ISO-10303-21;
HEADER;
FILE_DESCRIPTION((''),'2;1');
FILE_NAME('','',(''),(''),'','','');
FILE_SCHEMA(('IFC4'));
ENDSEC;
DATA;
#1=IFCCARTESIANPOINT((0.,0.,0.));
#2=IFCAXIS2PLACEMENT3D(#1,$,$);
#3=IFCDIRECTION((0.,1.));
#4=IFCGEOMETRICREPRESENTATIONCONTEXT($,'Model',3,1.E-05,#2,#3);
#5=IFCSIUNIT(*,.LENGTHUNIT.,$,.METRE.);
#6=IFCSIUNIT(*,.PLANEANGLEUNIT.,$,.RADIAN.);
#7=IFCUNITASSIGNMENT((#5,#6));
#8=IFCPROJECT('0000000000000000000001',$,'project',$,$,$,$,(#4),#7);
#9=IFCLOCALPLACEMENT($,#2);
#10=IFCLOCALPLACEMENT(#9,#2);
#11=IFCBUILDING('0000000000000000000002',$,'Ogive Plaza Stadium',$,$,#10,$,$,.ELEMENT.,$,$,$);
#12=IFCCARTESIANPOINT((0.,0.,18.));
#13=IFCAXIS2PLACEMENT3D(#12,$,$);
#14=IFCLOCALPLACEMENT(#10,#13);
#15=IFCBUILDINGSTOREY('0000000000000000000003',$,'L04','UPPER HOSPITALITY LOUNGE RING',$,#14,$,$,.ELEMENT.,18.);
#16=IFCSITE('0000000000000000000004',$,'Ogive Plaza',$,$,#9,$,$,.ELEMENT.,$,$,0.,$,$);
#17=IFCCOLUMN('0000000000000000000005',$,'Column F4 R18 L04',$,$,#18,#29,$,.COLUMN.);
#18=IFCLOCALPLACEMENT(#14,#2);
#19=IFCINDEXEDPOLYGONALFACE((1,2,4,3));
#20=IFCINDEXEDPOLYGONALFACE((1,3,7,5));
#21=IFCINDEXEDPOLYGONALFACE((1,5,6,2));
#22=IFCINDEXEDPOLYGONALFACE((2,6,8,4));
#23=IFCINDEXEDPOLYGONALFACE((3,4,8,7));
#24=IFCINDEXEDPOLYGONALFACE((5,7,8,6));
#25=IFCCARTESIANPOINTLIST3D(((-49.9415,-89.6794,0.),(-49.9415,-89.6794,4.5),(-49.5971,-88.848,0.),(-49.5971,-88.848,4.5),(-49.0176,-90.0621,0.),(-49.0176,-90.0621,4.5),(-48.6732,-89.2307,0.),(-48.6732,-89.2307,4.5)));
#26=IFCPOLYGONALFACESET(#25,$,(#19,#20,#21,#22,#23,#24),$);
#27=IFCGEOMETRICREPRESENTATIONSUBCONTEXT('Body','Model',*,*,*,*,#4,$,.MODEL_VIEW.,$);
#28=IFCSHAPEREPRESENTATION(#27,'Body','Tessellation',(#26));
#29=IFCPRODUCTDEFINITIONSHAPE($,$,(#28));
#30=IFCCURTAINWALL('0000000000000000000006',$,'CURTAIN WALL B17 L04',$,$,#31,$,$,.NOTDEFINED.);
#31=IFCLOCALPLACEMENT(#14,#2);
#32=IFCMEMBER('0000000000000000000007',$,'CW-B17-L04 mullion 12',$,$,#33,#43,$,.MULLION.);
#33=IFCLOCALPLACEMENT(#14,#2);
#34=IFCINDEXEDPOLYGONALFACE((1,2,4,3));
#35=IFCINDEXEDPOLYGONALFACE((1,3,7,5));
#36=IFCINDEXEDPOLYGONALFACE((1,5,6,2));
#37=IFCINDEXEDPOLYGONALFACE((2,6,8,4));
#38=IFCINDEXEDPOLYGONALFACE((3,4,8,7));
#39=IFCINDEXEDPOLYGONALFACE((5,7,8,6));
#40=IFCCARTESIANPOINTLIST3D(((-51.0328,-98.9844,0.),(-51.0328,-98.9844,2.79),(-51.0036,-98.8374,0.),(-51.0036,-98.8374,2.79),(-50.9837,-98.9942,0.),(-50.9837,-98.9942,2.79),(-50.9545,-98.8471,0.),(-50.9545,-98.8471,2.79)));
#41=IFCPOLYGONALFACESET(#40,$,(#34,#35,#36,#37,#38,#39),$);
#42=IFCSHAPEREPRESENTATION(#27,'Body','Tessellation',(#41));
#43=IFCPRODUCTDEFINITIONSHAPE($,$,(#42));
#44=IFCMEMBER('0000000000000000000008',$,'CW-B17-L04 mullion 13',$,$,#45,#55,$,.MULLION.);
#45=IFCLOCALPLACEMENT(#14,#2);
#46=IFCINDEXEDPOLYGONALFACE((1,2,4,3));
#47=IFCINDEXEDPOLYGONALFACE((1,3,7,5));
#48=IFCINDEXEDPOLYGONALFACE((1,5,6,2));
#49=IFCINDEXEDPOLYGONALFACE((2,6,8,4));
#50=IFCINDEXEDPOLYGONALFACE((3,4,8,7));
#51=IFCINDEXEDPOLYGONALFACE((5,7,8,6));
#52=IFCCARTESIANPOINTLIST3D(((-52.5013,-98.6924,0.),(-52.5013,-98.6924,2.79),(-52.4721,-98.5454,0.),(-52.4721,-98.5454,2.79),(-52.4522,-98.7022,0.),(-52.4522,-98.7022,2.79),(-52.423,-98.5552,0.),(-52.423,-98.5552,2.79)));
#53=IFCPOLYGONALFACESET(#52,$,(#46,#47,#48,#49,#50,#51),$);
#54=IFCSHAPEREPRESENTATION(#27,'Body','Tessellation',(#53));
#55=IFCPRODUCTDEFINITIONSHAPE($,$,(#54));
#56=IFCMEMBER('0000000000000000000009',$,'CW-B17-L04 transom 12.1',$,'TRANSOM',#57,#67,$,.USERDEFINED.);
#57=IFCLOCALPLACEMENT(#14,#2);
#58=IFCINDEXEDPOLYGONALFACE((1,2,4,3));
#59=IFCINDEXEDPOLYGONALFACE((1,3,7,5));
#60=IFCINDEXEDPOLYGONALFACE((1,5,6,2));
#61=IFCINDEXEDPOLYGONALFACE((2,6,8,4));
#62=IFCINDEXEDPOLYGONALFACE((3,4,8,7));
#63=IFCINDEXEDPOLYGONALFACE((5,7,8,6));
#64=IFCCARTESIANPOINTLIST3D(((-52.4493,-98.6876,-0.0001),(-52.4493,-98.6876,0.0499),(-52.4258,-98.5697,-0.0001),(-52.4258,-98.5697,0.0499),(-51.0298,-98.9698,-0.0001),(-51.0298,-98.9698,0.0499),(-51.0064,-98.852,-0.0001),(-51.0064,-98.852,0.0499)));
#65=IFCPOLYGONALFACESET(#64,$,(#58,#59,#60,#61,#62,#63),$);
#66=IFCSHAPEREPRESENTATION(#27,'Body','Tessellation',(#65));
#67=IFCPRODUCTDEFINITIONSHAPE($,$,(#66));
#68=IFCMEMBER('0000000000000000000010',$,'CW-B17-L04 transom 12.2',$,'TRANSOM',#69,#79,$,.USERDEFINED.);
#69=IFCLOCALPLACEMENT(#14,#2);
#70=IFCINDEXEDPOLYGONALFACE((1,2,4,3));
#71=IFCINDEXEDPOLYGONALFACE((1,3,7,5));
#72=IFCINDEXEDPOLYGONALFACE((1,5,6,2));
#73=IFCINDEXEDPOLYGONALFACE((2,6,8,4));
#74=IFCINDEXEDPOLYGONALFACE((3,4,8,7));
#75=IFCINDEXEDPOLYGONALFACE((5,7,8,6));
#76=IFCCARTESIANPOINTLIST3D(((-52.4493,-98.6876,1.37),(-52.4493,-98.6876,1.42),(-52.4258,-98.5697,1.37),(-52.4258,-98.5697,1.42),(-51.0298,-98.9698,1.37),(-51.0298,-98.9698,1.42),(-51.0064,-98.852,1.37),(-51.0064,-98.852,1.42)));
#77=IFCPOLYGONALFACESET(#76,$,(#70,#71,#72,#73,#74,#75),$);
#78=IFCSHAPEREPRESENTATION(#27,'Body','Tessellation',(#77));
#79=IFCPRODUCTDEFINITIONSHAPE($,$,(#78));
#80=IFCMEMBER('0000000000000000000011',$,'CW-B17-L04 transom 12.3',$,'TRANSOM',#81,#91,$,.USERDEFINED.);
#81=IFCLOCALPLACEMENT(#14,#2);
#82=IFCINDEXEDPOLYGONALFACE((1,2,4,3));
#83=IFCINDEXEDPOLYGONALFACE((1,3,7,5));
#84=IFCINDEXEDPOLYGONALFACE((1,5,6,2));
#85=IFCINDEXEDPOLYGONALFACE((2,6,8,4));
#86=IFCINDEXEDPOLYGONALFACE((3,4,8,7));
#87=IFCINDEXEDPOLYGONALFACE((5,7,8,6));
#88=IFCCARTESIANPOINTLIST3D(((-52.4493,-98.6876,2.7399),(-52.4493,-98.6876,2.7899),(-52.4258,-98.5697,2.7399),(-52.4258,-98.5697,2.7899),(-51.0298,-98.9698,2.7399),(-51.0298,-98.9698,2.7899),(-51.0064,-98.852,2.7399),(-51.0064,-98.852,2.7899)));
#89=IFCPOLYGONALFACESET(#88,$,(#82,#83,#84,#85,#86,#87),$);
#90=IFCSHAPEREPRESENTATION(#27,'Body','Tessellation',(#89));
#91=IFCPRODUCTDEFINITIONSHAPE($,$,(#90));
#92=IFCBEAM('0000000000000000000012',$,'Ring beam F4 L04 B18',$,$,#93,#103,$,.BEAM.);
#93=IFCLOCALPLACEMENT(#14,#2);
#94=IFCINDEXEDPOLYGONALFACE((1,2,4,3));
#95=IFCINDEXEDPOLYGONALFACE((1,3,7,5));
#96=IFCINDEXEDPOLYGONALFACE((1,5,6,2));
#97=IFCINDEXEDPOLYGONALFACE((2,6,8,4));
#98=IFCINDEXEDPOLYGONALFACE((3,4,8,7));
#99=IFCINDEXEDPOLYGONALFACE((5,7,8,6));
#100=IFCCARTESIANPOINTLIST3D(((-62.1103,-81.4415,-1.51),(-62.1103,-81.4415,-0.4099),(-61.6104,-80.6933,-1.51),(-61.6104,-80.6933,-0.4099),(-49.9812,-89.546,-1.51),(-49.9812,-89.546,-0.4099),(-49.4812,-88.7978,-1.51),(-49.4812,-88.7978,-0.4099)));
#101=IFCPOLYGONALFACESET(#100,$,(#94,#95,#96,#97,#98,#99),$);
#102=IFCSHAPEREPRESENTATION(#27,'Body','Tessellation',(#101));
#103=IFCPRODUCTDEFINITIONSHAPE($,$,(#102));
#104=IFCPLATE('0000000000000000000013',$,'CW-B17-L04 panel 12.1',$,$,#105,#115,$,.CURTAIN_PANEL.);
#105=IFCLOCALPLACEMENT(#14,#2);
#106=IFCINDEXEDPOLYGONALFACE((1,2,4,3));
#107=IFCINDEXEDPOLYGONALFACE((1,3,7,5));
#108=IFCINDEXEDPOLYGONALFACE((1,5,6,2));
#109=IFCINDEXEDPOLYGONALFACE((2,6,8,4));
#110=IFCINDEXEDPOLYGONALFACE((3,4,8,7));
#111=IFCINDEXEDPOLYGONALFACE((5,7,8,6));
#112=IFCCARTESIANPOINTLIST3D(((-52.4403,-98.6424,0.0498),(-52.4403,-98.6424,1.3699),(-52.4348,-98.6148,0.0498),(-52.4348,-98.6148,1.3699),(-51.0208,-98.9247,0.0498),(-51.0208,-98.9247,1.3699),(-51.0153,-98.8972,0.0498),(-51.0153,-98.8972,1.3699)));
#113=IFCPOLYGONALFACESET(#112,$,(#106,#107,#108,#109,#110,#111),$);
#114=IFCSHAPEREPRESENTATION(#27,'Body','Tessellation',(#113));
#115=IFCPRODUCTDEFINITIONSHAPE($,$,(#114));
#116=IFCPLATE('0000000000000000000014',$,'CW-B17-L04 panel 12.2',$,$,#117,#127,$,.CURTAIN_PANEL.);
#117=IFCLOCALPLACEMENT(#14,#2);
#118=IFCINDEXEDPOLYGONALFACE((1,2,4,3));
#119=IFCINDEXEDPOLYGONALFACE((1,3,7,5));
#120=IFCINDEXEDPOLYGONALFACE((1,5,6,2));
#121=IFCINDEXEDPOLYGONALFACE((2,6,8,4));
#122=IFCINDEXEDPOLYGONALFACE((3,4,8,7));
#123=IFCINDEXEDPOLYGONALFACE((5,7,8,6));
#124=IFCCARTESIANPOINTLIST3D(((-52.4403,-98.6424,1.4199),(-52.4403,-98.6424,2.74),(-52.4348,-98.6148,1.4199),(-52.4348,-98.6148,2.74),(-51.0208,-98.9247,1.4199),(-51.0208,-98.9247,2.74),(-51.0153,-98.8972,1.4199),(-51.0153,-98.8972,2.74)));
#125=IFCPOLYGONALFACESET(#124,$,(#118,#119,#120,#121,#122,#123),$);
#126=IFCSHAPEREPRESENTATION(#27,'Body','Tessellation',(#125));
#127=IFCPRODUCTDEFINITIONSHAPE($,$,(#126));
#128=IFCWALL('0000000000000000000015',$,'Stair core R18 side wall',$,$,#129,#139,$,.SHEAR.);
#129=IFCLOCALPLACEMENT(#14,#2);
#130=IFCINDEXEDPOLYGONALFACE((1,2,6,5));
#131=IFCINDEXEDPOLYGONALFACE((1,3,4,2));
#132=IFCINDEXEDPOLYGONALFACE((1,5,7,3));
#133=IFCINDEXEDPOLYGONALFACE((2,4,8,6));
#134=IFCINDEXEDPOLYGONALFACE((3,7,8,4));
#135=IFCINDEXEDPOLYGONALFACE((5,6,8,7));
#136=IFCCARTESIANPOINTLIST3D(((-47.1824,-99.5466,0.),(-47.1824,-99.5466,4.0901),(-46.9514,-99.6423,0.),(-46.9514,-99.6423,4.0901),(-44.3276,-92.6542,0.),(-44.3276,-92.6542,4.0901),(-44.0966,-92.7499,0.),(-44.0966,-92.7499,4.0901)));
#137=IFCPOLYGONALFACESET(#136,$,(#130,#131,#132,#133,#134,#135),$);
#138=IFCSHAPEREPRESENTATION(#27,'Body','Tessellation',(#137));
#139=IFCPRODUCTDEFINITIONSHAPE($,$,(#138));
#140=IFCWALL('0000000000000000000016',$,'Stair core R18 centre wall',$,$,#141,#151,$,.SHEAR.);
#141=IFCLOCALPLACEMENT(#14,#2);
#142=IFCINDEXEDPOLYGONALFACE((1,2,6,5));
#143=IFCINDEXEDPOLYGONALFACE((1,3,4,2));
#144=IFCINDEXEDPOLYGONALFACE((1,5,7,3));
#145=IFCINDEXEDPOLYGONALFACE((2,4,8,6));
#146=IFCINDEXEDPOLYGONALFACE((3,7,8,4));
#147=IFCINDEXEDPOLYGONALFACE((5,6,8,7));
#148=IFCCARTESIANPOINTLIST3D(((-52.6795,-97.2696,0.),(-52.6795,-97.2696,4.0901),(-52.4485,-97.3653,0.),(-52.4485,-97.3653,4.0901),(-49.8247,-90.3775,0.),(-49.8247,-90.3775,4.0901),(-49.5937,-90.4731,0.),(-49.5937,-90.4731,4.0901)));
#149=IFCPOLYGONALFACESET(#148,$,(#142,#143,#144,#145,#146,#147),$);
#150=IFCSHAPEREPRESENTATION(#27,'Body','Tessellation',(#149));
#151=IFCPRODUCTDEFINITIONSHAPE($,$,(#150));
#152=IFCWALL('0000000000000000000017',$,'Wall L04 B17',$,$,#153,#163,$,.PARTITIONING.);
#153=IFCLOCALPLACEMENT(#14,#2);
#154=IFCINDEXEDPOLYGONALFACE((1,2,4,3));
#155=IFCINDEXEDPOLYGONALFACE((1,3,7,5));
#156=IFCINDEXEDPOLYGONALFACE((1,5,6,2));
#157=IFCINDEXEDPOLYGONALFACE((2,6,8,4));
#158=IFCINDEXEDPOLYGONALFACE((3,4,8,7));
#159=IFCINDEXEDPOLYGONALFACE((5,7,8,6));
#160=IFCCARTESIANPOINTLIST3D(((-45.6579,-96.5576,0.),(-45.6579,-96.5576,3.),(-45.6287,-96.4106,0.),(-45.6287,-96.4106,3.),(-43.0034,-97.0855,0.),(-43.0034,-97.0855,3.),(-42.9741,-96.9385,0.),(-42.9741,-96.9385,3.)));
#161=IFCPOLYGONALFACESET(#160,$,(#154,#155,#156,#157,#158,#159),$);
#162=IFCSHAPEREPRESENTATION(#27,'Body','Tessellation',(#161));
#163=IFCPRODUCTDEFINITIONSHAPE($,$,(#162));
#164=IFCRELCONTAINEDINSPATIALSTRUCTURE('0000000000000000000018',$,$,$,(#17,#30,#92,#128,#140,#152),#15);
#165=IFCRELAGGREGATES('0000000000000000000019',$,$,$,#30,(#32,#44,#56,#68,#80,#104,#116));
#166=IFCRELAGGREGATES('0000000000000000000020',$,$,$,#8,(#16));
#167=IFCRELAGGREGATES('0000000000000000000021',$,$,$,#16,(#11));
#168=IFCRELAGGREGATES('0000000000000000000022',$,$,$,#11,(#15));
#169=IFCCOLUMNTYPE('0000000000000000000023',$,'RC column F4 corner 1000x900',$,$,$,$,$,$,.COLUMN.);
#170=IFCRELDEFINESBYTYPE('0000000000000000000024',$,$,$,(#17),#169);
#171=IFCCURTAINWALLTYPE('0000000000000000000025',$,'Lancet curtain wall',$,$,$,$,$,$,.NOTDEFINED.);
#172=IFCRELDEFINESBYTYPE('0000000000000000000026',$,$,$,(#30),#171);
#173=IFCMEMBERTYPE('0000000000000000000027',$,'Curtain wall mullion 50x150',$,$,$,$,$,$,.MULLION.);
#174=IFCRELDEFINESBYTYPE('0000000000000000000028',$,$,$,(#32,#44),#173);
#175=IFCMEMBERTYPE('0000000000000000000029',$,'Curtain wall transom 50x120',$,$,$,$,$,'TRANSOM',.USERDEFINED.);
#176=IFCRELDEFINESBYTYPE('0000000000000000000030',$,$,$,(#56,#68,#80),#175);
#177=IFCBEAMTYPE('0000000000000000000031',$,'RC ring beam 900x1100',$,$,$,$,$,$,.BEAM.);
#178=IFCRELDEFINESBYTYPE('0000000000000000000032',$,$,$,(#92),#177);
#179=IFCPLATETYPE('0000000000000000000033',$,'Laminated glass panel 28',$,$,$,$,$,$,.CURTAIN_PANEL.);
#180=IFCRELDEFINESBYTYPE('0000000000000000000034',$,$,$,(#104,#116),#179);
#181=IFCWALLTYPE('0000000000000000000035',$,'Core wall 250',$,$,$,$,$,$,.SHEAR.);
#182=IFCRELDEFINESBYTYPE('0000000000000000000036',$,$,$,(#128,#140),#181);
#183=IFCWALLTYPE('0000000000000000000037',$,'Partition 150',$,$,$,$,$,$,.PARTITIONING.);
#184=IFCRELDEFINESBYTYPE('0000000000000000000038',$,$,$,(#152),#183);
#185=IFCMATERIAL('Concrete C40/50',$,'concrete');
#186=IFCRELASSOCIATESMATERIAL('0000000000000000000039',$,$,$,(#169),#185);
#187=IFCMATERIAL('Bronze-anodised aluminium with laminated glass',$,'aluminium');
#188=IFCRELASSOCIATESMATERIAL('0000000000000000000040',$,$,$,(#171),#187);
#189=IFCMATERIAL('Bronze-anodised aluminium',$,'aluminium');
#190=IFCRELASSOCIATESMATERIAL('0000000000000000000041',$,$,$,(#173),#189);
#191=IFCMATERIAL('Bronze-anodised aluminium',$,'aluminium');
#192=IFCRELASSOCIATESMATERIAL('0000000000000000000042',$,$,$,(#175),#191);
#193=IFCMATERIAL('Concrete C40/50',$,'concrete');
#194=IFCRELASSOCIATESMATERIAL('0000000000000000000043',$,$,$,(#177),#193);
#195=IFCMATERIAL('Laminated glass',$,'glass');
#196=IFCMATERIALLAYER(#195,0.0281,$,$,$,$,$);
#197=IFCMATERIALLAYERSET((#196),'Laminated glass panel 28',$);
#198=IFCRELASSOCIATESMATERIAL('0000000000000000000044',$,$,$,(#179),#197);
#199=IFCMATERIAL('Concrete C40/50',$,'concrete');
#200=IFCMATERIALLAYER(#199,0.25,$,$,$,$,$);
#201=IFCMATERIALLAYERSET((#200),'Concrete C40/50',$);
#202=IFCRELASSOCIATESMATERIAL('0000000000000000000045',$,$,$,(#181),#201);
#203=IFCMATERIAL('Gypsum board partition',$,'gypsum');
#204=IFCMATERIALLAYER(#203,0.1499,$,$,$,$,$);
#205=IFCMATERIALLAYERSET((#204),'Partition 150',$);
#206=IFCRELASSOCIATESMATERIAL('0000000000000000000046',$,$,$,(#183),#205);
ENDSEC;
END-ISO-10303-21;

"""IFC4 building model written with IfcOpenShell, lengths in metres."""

from ifc_helpers import new_model, si_unit, direction, frame, frame_2d, origin, origin_2d, place, context, subcontext, project, spatial, rectangle, extrude, material, layer, layer_set, material_profile, profile_set, type_object, element, aggregate, save


model = new_model("IFC4")

# Units and contexts
model_context = context("Model", 3, precision=1e-05, world=origin(), true_north=direction((0.0, 1.0)))
body_context = subcontext(model_context, "Body", "Model", "MODEL_VIEW")
ifc_project = project(units=[si_unit("LENGTHUNIT", "METRE"), si_unit("PLANEANGLEUNIT", "RADIAN")], contexts=[model_context])

# Site, building, storey
site_placement = place(None, origin())
site = spatial("IfcSite", under=ifc_project, at=site_placement, Name="Ogive Plaza", CompositionType="ELEMENT", RefElevation=0.0)
building_placement = place(site_placement, origin())
building = spatial("IfcBuilding", under=site, at=building_placement, Name="Ogive Plaza Stadium", CompositionType="ELEMENT")
storey_placement = place(building_placement, frame((0.0, 0.0, 18.0)))
storey = spatial("IfcBuildingStorey", under=building, at=storey_placement, Name="L04", Description="UPPER HOSPITALITY LOUNGE RING", CompositionType="ELEMENT", Elevation=18.0)

# Column
ifc_material_1 = material(Name="Concrete C40/50", Category="concrete")
ifc_material_profile_1 = material_profile(ifc_material_1, rectangle(XDim=1.0, YDim=0.8999, at=origin_2d()), Name="RC 1000x900")
ifc_profile_set_1 = profile_set([ifc_material_profile_1], Name="Concrete C40/50")
column_type = type_object("IfcColumnType", Name="RC column F4 corner 1000x900", PredefinedType="COLUMN", material=ifc_profile_set_1)
column_placement = place(storey_placement, frame((-49.3074, -89.4551, 0.0), z_axis=(0.0, 0.0, 1.0), x_axis=(0.92388, -0.382683, 0.0)))
element("IfcColumn", 1, at=column_placement, inside=storey, type_object=column_type, Name="Column F4 R18 L04", PredefinedType="COLUMN", context=body_context, shape_type="SweptSolid", body=[
    extrude(rectangle(XDim=1.0, YDim=0.8999, at=origin_2d()), origin(), (0.0, 0.0, 1.0), 4.5),
])

# Curtain wall, members
ifc_material_2 = material(Name="Bronze-anodised aluminium with laminated glass", Category="aluminium")
curtain_wall_type = type_object("IfcCurtainWallType", Name="Lancet curtain wall", PredefinedType="NOTDEFINED", material=ifc_material_2)
curtain_wall_placement = place(storey_placement, origin())
curtain_wall = element("IfcCurtainWall", 2, at=curtain_wall_placement, inside=storey, type_object=curtain_wall_type, Name="CURTAIN WALL B17 L04", PredefinedType="NOTDEFINED")
ifc_material_3 = material(Name="Bronze-anodised aluminium", Category="aluminium")
ifc_material_profile_2 = material_profile(ifc_material_3, rectangle(XDim=0.1499, YDim=0.05, at=origin_2d()), Name="AL 150x50")
ifc_profile_set_2 = profile_set([ifc_material_profile_2], Name="Bronze-anodised aluminium")
member_type_1 = type_object("IfcMemberType", Name="Curtain wall mullion 50x150", PredefinedType="MULLION", material=ifc_profile_set_2)
member_1_placement = place(storey_placement, frame((-50.9937, -98.9158, 0.0), z_axis=(0.0, 0.0, 1.0), x_axis=(-0.19509, -0.980785, 0.0)))
member_1 = element("IfcMember", 3, at=member_1_placement, type_object=member_type_1, Name="CW-B17-L04 mullion 12", PredefinedType="MULLION", context=body_context, shape_type="SweptSolid", body=[
    extrude(rectangle(XDim=0.1499, YDim=0.05, at=origin_2d()), origin(), (0.0, 0.0, 1.0), 2.79),
])
member_2_placement = place(storey_placement, frame((-52.4622, -98.6238, 0.0), z_axis=(0.0, 0.0, 1.0), x_axis=(-0.19509, -0.980785, 0.0)))
member_2 = element("IfcMember", 4, at=member_2_placement, type_object=member_type_1, Name="CW-B17-L04 mullion 13", PredefinedType="MULLION", context=body_context, shape_type="SweptSolid", body=[
    extrude(rectangle(XDim=0.1499, YDim=0.05, at=origin_2d()), origin(), (0.0, 0.0, 1.0), 2.79),
])
ifc_material_4 = material(Name="Bronze-anodised aluminium", Category="aluminium")
ifc_material_profile_3 = material_profile(ifc_material_4, rectangle(XDim=0.1201, YDim=0.05, at=origin_2d()), Name="AL 120x50")
ifc_profile_set_3 = profile_set([ifc_material_profile_3], Name="Bronze-anodised aluminium")
member_type_2 = type_object("IfcMemberType", Name="Curtain wall transom 50x120", ElementType="TRANSOM", PredefinedType="USERDEFINED", material=ifc_profile_set_3)
member_3_placement = place(storey_placement, frame((-51.0181, -98.9109, 0.0249), z_axis=(-0.980801, 0.195013, 0.0), x_axis=(-0.195013, -0.980801, 0.0)))
member_3 = element("IfcMember", 5, at=member_3_placement, type_object=member_type_2, Name="CW-B17-L04 transom 12.1", ObjectType="TRANSOM", PredefinedType="USERDEFINED", context=body_context, shape_type="SweptSolid", body=[
    extrude(rectangle(XDim=0.1201, YDim=0.05, at=origin_2d()), origin(), (0.0, 0.0, 1.0), 1.4473),
])
member_4_placement = place(storey_placement, frame((-51.0181, -98.9109, 1.395), z_axis=(-0.980801, 0.195013, 0.0), x_axis=(-0.195013, -0.980801, 0.0)))
member_4 = element("IfcMember", 6, at=member_4_placement, type_object=member_type_2, Name="CW-B17-L04 transom 12.2", ObjectType="TRANSOM", PredefinedType="USERDEFINED", context=body_context, shape_type="SweptSolid", body=[
    extrude(rectangle(XDim=0.1201, YDim=0.05, at=origin_2d()), origin(), (0.0, 0.0, 1.0), 1.4473),
])
member_5_placement = place(storey_placement, frame((-51.0181, -98.9109, 2.7649), z_axis=(-0.980801, 0.195013, 0.0), x_axis=(-0.195013, -0.980801, 0.0)))
member_5 = element("IfcMember", 7, at=member_5_placement, type_object=member_type_2, Name="CW-B17-L04 transom 12.3", ObjectType="TRANSOM", PredefinedType="USERDEFINED", context=body_context, shape_type="SweptSolid", body=[
    extrude(rectangle(XDim=0.1201, YDim=0.05, at=origin_2d()), origin(), (0.0, 0.0, 1.0), 1.4473),
])

# Beam
ifc_material_5 = material(Name="Concrete C40/50", Category="concrete")
ifc_material_profile_4 = material_profile(ifc_material_5, rectangle(XDim=0.8999, YDim=1.1001, at=origin_2d()), Name="RC 900x1100")
ifc_profile_set_4 = profile_set([ifc_material_profile_4], Name="Concrete C40/50")
beam_type = type_object("IfcBeamType", Name="RC ring beam 900x1100", PredefinedType="BEAM", material=ifc_profile_set_4)
beam_placement = place(storey_placement, frame((-49.7312, -89.1719, -0.96), z_axis=(-0.831468, 0.555573, 0.0), x_axis=(-0.555573, -0.831468, 0.0)))
element("IfcBeam", 8, at=beam_placement, inside=storey, type_object=beam_type, Name="Ring beam F4 L04 B18", PredefinedType="BEAM", context=body_context, shape_type="SweptSolid", body=[
    extrude(rectangle(XDim=0.8999, YDim=1.1001, at=origin_2d()), origin(), (0.0, 0.0, 1.0), 14.5876),
])

# Plates
ifc_material_6 = material(Name="Laminated glass", Category="glass")
ifc_layer_1 = layer(ifc_material_6, 0.0281)
ifc_layer_set_1 = layer_set([ifc_layer_1], Name="Laminated glass panel 28")
plate_type = type_object("IfcPlateType", Name="Laminated glass panel 28", PredefinedType="CURTAIN_PANEL", material=ifc_layer_set_1)
plate_1_placement = place(storey_placement, frame((-51.7278, -98.7698, 0.0498), z_axis=(0.0, 0.0, 1.0), x_axis=(-0.980785, 0.19509, 0.0)))
plate_1 = element("IfcPlate", 9, at=plate_1_placement, type_object=plate_type, Name="CW-B17-L04 panel 12.1", PredefinedType="CURTAIN_PANEL", context=body_context, shape_type="SweptSolid", body=[
    extrude(rectangle(XDim=1.4473, YDim=0.0281, at=origin_2d()), origin(), (0.0, 0.0, 1.0), 1.3201),
])
plate_2_placement = place(storey_placement, frame((-51.7278, -98.7698, 1.4199), z_axis=(0.0, 0.0, 1.0), x_axis=(-0.980785, 0.19509, 0.0)))
plate_2 = element("IfcPlate", 10, at=plate_2_placement, type_object=plate_type, Name="CW-B17-L04 panel 12.2", PredefinedType="CURTAIN_PANEL", context=body_context, shape_type="SweptSolid", body=[
    extrude(rectangle(XDim=1.4473, YDim=0.0281, at=origin_2d()), origin(), (0.0, 0.0, 1.0), 1.3201),
])
aggregate(curtain_wall, [member_1, member_2, member_3, member_4, member_5, plate_1, plate_2])

# Walls
ifc_material_7 = material(Name="Concrete C40/50", Category="concrete")
ifc_layer_2 = layer(ifc_material_7, 0.25)
ifc_layer_set_2 = layer_set([ifc_layer_2], Name="Concrete C40/50")
wall_type_1 = type_object("IfcWallType", Name="Core wall 250", PredefinedType="SHEAR", material=ifc_layer_set_2)
wall_1_placement = place(storey_placement, frame((-44.2122, -92.7021, 0.0), z_axis=(0.0, 0.0, 1.0), x_axis=(-0.382665, -0.923887, 0.0)))
element("IfcWall", 11, at=wall_1_placement, inside=storey, type_object=wall_type_1, Name="Stair core R18 side wall", PredefinedType="SHEAR", context=body_context, shape_type="SweptSolid", body=[
    extrude(rectangle(XDim=7.4602, YDim=0.25, at=frame_2d((3.73, 0.0))), origin(), (0.0, 0.0, 1.0), 4.0901),
])
wall_2_placement = place(storey_placement, frame((-49.7092, -90.4253, 0.0), z_axis=(0.0, 0.0, 1.0), x_axis=(-0.382676, -0.923882, 0.0)))
element("IfcWall", 12, at=wall_2_placement, inside=storey, type_object=wall_type_1, Name="Stair core R18 centre wall", PredefinedType="SHEAR", context=body_context, shape_type="SweptSolid", body=[
    extrude(rectangle(XDim=7.46, YDim=0.25, at=frame_2d((3.73, 0.0))), origin(), (0.0, 0.0, 1.0), 4.0901),
])
ifc_material_8 = material(Name="Gypsum board partition", Category="gypsum")
ifc_layer_3 = layer(ifc_material_8, 0.1499)
ifc_layer_set_3 = layer_set([ifc_layer_3], Name="Partition 150")
wall_type_2 = type_object("IfcWallType", Name="Partition 150", PredefinedType="PARTITIONING", material=ifc_layer_set_3)
wall_3_placement = place(storey_placement, frame((-45.6433, -96.4841, 0.0), z_axis=(0.0, 0.0, 1.0), x_axis=(0.980799, -0.195023, 0.0)))
element("IfcWall", 13, at=wall_3_placement, inside=storey, type_object=wall_type_2, Name="Wall L04 B17", PredefinedType="PARTITIONING", context=body_context, shape_type="SweptSolid", body=[
    extrude(rectangle(XDim=2.7065, YDim=0.1499, at=frame_2d((1.3533, 0.0))), origin(), (0.0, 0.0, 1.0), 3.0),
])

save(model, "model.ifc")
